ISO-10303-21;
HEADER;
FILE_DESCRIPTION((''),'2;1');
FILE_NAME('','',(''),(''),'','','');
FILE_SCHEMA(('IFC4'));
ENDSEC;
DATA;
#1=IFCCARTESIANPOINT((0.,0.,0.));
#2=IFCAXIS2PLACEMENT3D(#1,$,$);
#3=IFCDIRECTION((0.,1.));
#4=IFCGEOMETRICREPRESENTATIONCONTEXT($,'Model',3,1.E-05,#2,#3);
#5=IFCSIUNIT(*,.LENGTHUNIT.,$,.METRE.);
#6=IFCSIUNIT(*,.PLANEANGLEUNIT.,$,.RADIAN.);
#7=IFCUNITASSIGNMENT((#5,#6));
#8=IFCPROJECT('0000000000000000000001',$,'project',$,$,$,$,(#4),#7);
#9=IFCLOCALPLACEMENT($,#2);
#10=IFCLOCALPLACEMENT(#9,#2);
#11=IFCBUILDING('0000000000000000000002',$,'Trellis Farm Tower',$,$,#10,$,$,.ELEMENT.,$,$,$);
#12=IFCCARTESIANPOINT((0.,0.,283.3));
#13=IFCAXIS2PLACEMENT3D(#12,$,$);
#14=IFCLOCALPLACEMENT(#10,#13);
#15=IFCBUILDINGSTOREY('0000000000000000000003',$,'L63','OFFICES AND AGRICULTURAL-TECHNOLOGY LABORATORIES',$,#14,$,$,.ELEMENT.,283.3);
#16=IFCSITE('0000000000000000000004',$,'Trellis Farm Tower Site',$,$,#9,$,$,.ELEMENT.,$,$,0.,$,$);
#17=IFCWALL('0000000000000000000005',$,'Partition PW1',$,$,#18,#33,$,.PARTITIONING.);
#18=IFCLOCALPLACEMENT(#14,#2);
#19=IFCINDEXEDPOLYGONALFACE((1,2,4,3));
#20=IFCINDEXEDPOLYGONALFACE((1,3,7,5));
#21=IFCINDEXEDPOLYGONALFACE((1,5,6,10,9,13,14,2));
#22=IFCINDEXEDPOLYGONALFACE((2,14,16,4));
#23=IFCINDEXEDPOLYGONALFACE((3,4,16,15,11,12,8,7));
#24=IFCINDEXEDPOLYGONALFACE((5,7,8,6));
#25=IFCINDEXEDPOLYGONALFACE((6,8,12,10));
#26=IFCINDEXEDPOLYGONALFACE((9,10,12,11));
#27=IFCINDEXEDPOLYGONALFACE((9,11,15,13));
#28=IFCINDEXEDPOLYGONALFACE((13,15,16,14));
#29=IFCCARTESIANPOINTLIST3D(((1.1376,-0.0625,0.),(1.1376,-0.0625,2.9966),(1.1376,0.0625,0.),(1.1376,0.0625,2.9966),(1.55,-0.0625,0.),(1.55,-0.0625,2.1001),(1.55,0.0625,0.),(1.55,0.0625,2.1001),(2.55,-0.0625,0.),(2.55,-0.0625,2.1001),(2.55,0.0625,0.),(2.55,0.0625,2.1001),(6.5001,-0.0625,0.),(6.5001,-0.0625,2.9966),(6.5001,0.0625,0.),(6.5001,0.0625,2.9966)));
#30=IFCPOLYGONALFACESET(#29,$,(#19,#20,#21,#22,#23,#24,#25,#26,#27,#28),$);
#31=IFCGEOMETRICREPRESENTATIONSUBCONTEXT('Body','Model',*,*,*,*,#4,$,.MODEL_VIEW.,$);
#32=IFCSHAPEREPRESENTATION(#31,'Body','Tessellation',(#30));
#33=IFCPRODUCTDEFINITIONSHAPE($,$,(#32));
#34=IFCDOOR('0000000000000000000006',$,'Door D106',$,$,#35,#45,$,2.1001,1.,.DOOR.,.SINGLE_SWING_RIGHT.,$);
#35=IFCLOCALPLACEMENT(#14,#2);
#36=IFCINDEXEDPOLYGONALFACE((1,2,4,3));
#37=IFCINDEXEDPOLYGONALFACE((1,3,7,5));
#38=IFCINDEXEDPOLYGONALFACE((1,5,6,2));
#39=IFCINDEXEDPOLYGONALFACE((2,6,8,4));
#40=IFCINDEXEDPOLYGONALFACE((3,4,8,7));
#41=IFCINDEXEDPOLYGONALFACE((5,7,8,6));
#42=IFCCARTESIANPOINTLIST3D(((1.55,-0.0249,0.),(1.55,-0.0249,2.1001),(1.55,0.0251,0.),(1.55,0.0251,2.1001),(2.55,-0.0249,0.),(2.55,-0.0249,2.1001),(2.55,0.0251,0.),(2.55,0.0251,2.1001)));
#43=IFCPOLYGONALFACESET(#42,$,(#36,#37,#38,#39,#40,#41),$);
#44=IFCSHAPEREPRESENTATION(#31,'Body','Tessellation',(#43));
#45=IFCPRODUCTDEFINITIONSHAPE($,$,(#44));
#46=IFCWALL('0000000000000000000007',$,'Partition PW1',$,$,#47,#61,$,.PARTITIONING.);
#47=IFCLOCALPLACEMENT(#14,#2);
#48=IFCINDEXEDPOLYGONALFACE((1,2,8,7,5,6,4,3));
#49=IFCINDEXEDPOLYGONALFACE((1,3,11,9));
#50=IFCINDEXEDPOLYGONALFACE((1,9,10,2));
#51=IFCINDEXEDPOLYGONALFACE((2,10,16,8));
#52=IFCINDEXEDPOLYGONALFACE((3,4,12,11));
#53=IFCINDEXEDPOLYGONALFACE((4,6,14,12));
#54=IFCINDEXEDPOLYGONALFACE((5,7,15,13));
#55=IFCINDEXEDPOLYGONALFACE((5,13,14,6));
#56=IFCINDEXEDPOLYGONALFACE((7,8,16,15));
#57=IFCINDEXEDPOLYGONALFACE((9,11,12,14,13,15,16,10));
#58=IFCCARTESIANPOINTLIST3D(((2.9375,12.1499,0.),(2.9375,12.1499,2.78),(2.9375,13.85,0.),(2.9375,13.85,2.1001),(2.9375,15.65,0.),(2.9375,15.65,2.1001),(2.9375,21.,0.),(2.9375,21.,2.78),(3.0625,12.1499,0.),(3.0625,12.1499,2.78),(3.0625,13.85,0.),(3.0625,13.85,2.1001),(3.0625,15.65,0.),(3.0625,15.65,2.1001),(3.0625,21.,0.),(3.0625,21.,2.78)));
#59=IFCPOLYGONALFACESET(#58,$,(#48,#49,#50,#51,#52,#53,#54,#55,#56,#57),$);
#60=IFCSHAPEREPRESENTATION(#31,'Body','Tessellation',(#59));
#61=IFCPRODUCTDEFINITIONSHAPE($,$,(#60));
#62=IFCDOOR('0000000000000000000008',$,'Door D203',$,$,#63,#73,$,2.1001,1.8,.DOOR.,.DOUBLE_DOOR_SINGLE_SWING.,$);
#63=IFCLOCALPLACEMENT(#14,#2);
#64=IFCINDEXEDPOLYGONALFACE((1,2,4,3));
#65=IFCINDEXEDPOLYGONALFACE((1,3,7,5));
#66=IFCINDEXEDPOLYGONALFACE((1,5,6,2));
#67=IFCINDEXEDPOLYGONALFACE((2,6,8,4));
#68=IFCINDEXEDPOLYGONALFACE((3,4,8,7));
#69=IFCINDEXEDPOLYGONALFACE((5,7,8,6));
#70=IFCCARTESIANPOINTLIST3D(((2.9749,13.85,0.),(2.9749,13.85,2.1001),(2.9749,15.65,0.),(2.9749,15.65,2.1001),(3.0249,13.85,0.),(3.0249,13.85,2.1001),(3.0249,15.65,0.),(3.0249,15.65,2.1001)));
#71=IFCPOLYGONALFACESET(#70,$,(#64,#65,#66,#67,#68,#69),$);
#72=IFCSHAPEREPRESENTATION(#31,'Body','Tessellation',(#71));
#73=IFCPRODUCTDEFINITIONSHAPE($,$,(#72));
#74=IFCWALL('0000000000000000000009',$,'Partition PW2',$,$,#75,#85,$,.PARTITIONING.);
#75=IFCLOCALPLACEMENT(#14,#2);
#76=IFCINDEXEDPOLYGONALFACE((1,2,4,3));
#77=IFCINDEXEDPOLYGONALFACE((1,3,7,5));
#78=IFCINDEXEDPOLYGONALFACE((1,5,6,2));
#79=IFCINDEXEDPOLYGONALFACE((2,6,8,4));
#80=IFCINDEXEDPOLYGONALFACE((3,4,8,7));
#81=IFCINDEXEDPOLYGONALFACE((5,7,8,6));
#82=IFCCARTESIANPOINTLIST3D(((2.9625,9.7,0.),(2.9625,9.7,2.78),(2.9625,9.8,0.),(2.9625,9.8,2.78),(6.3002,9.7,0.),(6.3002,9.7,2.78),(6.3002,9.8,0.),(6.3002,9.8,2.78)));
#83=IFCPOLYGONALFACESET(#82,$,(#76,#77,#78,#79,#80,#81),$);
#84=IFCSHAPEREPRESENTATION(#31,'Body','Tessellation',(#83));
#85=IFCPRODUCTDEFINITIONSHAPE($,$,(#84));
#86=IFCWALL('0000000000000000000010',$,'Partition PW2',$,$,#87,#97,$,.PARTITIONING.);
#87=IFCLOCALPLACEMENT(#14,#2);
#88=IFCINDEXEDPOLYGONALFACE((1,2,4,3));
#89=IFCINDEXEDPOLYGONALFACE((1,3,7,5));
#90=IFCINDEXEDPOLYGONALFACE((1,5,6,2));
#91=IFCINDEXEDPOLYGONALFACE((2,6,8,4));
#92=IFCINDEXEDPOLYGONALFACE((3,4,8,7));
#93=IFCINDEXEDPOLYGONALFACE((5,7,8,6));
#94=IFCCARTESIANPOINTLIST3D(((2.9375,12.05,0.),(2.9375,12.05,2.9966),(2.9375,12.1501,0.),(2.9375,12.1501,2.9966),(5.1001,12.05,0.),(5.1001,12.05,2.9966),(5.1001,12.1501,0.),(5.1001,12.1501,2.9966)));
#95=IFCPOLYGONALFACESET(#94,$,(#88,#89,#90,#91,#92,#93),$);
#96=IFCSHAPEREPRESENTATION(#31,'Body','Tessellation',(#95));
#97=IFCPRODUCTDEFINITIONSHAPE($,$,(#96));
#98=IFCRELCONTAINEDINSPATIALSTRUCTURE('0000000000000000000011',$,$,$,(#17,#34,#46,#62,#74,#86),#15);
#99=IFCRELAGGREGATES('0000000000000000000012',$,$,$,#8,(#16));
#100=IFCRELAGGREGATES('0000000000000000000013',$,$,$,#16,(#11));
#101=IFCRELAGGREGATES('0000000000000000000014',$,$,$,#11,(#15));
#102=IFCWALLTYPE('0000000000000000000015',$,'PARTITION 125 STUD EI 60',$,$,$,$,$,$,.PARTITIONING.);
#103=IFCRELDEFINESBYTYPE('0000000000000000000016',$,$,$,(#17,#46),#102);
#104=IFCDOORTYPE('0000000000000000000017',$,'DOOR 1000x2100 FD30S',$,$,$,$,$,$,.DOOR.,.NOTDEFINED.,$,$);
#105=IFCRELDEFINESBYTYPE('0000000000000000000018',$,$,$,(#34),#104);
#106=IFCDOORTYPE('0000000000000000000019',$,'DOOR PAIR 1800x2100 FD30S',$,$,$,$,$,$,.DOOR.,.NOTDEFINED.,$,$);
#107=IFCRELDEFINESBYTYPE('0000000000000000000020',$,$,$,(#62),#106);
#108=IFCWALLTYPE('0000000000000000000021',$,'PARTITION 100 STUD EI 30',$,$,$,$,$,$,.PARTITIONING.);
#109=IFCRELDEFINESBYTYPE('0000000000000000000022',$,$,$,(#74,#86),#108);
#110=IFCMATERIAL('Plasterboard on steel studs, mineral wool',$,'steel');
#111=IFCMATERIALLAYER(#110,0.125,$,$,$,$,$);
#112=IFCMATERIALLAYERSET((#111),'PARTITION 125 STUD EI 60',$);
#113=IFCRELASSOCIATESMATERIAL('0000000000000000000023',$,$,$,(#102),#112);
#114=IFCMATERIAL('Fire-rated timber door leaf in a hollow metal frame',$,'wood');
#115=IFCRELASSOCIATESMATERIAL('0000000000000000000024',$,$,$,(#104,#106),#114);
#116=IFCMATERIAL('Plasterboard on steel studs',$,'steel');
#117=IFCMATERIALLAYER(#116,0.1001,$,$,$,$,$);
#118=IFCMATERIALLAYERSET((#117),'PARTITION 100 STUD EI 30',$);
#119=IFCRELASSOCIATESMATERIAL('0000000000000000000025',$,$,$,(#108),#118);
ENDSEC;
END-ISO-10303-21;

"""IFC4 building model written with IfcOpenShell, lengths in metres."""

from ifc_helpers import new_model, si_unit, direction, frame, frame_2d, origin, place, context, subcontext, project, spatial, rectangle, extrude, source, transform, mapped, material, layer, layer_set, type_object, element, fill, save


model = new_model("IFC4")

# Units and contexts
model_context = context("Model", 3, precision=1e-05, world=origin(), true_north=direction((0.0, 1.0)))
body_context = subcontext(model_context, "Body", "Model", "MODEL_VIEW")
ifc_project = project(units=[si_unit("LENGTHUNIT", "METRE"), si_unit("PLANEANGLEUNIT", "RADIAN")], contexts=[model_context])

# Site, building, storey
site_placement = place(None, origin())
site = spatial("IfcSite", under=ifc_project, at=site_placement, Name="Trellis Farm Tower Site", CompositionType="ELEMENT", RefElevation=0.0)
building_placement = place(site_placement, origin())
building = spatial("IfcBuilding", under=site, at=building_placement, Name="Trellis Farm Tower", CompositionType="ELEMENT")
storey_placement = place(building_placement, frame((0.0, 0.0, 283.3)))
storey = spatial("IfcBuildingStorey", under=building, at=storey_placement, Name="L63", Description="OFFICES AND AGRICULTURAL-TECHNOLOGY LABORATORIES", CompositionType="ELEMENT", Elevation=283.3)

# Shared definitions
ifc_material_1 = material(Name="Plasterboard on steel studs, mineral wool", Category="steel")
ifc_layer_1 = layer(ifc_material_1, 0.125)
ifc_layer_set_1 = layer_set([ifc_layer_1], Name="PARTITION 125 STUD EI 60")
wall_type_1 = type_object("IfcWallType", Name="PARTITION 125 STUD EI 60", PredefinedType="PARTITIONING", material=ifc_layer_set_1)

# Walls, openings, doors
shared_shape_1 = source(origin(), body_context, "Body", "SweptSolid", [
    extrude(rectangle(XDim=5.3625, YDim=0.125, at=frame_2d((2.6812, 0.0))), origin(), (0.0, 0.0, 1.0), 2.9966),
])
wall_1_placement = place(storey_placement, frame((6.5, 0.0, 0.0), z_axis=(0.0, 0.0, 1.0), x_axis=(-1.0, 0.0, 0.0)))
wall_1 = element("IfcWall", 1, at=wall_1_placement, inside=storey, type_object=wall_type_1, Name="Partition PW1", PredefinedType="PARTITIONING", context=body_context, shape_type="MappedRepresentation", body=[
    mapped(shared_shape_1, transform((0.0, 0.0, 0.0))),
])
shared_shape_2 = source(origin(), body_context, "Body", "SweptSolid", [
    extrude(rectangle(XDim=1.0, YDim=2.1001, at=frame_2d((0.5, 1.05))), frame((0.0, 0.0725, 0.0), z_axis=(0.0, -1.0, 0.0), x_axis=(1.0, 0.0, 0.0)), (0.0, 0.0, 1.0), 0.145),
])
opening_1_placement = place(wall_1_placement, frame((3.95, 0.0, 0.0)))
opening_1 = element("IfcOpeningElement", 2, at=opening_1_placement, cuts=wall_1, PredefinedType="OPENING", context=body_context, shape_type="MappedRepresentation", body=[
    mapped(shared_shape_2, transform((0.0, 0.0, 0.0))),
])
ifc_material_2 = material(Name="Fire-rated timber door leaf in a hollow metal frame", Category="wood")
door_type_1 = type_object("IfcDoorType", Name="DOOR 1000x2100 FD30S", OperationType="NOTDEFINED", PredefinedType="DOOR", material=ifc_material_2)
shared_shape_3 = source(origin(), body_context, "Body", "SweptSolid", [
    extrude(rectangle(XDim=1.0, YDim=2.1001, at=frame_2d((0.5, 1.05))), frame((0.0, 0.0249, 0.0), z_axis=(0.0, -1.0, 0.0), x_axis=(1.0, 0.0, 0.0)), (0.0, 0.0, 1.0), 0.05),
])
door_1_placement = place(opening_1_placement, origin())
door_1 = element("IfcDoor", 3, at=door_1_placement, inside=storey, type_object=door_type_1, Name="Door D106", OperationType="SINGLE_SWING_RIGHT", OverallHeight=2.1001, OverallWidth=1.0, PredefinedType="DOOR", context=body_context, shape_type="MappedRepresentation", body=[
    mapped(shared_shape_3, transform((0.0, 0.0, 0.0))),
])
fill(opening_1, door_1)
shared_shape_4 = source(origin(), body_context, "Body", "SweptSolid", [
    extrude(rectangle(XDim=8.8501, YDim=0.125, at=frame_2d((4.425, 0.0))), origin(), (0.0, 0.0, 1.0), 2.78),
])
wall_2_placement = place(storey_placement, frame((3.0, 21.0, 0.0), z_axis=(0.0, 0.0, 1.0), x_axis=(0.0, -1.0, 0.0)))
wall_2 = element("IfcWall", 4, at=wall_2_placement, inside=storey, type_object=wall_type_1, Name="Partition PW1", PredefinedType="PARTITIONING", context=body_context, shape_type="MappedRepresentation", body=[
    mapped(shared_shape_4, transform((0.0, 0.0, 0.0))),
])
shared_shape_5 = source(origin(), body_context, "Body", "SweptSolid", [
    extrude(rectangle(XDim=1.8, YDim=2.1001, at=frame_2d((0.8999, 1.05))), frame((0.0, 0.0725, 0.0), z_axis=(0.0, -1.0, 0.0), x_axis=(1.0, 0.0, 0.0)), (0.0, 0.0, 1.0), 0.145),
])
opening_2_placement = place(wall_2_placement, frame((5.3501, 0.0, 0.0)))
opening_2 = element("IfcOpeningElement", 5, at=opening_2_placement, cuts=wall_2, PredefinedType="OPENING", context=body_context, shape_type="MappedRepresentation", body=[
    mapped(shared_shape_5, transform((0.0, 0.0, 0.0))),
])
door_type_2 = type_object("IfcDoorType", Name="DOOR PAIR 1800x2100 FD30S", OperationType="NOTDEFINED", PredefinedType="DOOR", material=ifc_material_2)
shared_shape_6 = source(origin(), body_context, "Body", "SweptSolid", [
    extrude(rectangle(XDim=1.8, YDim=2.1001, at=frame_2d((0.8999, 1.05))), frame((0.0, 0.0249, 0.0), z_axis=(0.0, -1.0, 0.0), x_axis=(1.0, 0.0, 0.0)), (0.0, 0.0, 1.0), 0.05),
])
door_2_placement = place(opening_2_placement, origin())
door_2 = element("IfcDoor", 6, at=door_2_placement, inside=storey, type_object=door_type_2, Name="Door D203", OperationType="DOUBLE_DOOR_SINGLE_SWING", OverallHeight=2.1001, OverallWidth=1.8, PredefinedType="DOOR", context=body_context, shape_type="MappedRepresentation", body=[
    mapped(shared_shape_6, transform((0.0, 0.0, 0.0))),
])
fill(opening_2, door_2)

# Walls
ifc_material_3 = material(Name="Plasterboard on steel studs", Category="steel")
ifc_layer_2 = layer(ifc_material_3, 0.1001)
ifc_layer_set_2 = layer_set([ifc_layer_2], Name="PARTITION 100 STUD EI 30")
wall_type_2 = type_object("IfcWallType", Name="PARTITION 100 STUD EI 30", PredefinedType="PARTITIONING", material=ifc_layer_set_2)
shared_shape_7 = source(origin(), body_context, "Body", "SweptSolid", [
    extrude(rectangle(XDim=3.3376, YDim=0.1001, at=frame_2d((1.6689, 0.0))), origin(), (0.0, 0.0, 1.0), 2.78),
])
wall_3_placement = place(storey_placement, frame((2.9624, 9.75, 0.0), z_axis=(0.0, 0.0, 1.0), x_axis=(1.0, 0.0, 0.0)))
element("IfcWall", 7, at=wall_3_placement, inside=storey, type_object=wall_type_2, Name="Partition PW2", PredefinedType="PARTITIONING", context=body_context, shape_type="MappedRepresentation", body=[
    mapped(shared_shape_7, transform((0.0, 0.0, 0.0))),
])
shared_shape_8 = source(origin(), body_context, "Body", "SweptSolid", [
    extrude(rectangle(XDim=2.1626, YDim=0.1001, at=frame_2d((1.0813, 0.0))), origin(), (0.0, 0.0, 1.0), 2.9966),
])
wall_4_placement = place(storey_placement, frame((2.9375, 12.1001, 0.0), z_axis=(0.0, 0.0, 1.0), x_axis=(1.0, 0.0, 0.0)))
element("IfcWall", 8, at=wall_4_placement, inside=storey, type_object=wall_type_2, Name="Partition PW2", PredefinedType="PARTITIONING", context=body_context, shape_type="MappedRepresentation", body=[
    mapped(shared_shape_8, transform((0.0, 0.0, 0.0))),
])

save(model, "model.ifc")
